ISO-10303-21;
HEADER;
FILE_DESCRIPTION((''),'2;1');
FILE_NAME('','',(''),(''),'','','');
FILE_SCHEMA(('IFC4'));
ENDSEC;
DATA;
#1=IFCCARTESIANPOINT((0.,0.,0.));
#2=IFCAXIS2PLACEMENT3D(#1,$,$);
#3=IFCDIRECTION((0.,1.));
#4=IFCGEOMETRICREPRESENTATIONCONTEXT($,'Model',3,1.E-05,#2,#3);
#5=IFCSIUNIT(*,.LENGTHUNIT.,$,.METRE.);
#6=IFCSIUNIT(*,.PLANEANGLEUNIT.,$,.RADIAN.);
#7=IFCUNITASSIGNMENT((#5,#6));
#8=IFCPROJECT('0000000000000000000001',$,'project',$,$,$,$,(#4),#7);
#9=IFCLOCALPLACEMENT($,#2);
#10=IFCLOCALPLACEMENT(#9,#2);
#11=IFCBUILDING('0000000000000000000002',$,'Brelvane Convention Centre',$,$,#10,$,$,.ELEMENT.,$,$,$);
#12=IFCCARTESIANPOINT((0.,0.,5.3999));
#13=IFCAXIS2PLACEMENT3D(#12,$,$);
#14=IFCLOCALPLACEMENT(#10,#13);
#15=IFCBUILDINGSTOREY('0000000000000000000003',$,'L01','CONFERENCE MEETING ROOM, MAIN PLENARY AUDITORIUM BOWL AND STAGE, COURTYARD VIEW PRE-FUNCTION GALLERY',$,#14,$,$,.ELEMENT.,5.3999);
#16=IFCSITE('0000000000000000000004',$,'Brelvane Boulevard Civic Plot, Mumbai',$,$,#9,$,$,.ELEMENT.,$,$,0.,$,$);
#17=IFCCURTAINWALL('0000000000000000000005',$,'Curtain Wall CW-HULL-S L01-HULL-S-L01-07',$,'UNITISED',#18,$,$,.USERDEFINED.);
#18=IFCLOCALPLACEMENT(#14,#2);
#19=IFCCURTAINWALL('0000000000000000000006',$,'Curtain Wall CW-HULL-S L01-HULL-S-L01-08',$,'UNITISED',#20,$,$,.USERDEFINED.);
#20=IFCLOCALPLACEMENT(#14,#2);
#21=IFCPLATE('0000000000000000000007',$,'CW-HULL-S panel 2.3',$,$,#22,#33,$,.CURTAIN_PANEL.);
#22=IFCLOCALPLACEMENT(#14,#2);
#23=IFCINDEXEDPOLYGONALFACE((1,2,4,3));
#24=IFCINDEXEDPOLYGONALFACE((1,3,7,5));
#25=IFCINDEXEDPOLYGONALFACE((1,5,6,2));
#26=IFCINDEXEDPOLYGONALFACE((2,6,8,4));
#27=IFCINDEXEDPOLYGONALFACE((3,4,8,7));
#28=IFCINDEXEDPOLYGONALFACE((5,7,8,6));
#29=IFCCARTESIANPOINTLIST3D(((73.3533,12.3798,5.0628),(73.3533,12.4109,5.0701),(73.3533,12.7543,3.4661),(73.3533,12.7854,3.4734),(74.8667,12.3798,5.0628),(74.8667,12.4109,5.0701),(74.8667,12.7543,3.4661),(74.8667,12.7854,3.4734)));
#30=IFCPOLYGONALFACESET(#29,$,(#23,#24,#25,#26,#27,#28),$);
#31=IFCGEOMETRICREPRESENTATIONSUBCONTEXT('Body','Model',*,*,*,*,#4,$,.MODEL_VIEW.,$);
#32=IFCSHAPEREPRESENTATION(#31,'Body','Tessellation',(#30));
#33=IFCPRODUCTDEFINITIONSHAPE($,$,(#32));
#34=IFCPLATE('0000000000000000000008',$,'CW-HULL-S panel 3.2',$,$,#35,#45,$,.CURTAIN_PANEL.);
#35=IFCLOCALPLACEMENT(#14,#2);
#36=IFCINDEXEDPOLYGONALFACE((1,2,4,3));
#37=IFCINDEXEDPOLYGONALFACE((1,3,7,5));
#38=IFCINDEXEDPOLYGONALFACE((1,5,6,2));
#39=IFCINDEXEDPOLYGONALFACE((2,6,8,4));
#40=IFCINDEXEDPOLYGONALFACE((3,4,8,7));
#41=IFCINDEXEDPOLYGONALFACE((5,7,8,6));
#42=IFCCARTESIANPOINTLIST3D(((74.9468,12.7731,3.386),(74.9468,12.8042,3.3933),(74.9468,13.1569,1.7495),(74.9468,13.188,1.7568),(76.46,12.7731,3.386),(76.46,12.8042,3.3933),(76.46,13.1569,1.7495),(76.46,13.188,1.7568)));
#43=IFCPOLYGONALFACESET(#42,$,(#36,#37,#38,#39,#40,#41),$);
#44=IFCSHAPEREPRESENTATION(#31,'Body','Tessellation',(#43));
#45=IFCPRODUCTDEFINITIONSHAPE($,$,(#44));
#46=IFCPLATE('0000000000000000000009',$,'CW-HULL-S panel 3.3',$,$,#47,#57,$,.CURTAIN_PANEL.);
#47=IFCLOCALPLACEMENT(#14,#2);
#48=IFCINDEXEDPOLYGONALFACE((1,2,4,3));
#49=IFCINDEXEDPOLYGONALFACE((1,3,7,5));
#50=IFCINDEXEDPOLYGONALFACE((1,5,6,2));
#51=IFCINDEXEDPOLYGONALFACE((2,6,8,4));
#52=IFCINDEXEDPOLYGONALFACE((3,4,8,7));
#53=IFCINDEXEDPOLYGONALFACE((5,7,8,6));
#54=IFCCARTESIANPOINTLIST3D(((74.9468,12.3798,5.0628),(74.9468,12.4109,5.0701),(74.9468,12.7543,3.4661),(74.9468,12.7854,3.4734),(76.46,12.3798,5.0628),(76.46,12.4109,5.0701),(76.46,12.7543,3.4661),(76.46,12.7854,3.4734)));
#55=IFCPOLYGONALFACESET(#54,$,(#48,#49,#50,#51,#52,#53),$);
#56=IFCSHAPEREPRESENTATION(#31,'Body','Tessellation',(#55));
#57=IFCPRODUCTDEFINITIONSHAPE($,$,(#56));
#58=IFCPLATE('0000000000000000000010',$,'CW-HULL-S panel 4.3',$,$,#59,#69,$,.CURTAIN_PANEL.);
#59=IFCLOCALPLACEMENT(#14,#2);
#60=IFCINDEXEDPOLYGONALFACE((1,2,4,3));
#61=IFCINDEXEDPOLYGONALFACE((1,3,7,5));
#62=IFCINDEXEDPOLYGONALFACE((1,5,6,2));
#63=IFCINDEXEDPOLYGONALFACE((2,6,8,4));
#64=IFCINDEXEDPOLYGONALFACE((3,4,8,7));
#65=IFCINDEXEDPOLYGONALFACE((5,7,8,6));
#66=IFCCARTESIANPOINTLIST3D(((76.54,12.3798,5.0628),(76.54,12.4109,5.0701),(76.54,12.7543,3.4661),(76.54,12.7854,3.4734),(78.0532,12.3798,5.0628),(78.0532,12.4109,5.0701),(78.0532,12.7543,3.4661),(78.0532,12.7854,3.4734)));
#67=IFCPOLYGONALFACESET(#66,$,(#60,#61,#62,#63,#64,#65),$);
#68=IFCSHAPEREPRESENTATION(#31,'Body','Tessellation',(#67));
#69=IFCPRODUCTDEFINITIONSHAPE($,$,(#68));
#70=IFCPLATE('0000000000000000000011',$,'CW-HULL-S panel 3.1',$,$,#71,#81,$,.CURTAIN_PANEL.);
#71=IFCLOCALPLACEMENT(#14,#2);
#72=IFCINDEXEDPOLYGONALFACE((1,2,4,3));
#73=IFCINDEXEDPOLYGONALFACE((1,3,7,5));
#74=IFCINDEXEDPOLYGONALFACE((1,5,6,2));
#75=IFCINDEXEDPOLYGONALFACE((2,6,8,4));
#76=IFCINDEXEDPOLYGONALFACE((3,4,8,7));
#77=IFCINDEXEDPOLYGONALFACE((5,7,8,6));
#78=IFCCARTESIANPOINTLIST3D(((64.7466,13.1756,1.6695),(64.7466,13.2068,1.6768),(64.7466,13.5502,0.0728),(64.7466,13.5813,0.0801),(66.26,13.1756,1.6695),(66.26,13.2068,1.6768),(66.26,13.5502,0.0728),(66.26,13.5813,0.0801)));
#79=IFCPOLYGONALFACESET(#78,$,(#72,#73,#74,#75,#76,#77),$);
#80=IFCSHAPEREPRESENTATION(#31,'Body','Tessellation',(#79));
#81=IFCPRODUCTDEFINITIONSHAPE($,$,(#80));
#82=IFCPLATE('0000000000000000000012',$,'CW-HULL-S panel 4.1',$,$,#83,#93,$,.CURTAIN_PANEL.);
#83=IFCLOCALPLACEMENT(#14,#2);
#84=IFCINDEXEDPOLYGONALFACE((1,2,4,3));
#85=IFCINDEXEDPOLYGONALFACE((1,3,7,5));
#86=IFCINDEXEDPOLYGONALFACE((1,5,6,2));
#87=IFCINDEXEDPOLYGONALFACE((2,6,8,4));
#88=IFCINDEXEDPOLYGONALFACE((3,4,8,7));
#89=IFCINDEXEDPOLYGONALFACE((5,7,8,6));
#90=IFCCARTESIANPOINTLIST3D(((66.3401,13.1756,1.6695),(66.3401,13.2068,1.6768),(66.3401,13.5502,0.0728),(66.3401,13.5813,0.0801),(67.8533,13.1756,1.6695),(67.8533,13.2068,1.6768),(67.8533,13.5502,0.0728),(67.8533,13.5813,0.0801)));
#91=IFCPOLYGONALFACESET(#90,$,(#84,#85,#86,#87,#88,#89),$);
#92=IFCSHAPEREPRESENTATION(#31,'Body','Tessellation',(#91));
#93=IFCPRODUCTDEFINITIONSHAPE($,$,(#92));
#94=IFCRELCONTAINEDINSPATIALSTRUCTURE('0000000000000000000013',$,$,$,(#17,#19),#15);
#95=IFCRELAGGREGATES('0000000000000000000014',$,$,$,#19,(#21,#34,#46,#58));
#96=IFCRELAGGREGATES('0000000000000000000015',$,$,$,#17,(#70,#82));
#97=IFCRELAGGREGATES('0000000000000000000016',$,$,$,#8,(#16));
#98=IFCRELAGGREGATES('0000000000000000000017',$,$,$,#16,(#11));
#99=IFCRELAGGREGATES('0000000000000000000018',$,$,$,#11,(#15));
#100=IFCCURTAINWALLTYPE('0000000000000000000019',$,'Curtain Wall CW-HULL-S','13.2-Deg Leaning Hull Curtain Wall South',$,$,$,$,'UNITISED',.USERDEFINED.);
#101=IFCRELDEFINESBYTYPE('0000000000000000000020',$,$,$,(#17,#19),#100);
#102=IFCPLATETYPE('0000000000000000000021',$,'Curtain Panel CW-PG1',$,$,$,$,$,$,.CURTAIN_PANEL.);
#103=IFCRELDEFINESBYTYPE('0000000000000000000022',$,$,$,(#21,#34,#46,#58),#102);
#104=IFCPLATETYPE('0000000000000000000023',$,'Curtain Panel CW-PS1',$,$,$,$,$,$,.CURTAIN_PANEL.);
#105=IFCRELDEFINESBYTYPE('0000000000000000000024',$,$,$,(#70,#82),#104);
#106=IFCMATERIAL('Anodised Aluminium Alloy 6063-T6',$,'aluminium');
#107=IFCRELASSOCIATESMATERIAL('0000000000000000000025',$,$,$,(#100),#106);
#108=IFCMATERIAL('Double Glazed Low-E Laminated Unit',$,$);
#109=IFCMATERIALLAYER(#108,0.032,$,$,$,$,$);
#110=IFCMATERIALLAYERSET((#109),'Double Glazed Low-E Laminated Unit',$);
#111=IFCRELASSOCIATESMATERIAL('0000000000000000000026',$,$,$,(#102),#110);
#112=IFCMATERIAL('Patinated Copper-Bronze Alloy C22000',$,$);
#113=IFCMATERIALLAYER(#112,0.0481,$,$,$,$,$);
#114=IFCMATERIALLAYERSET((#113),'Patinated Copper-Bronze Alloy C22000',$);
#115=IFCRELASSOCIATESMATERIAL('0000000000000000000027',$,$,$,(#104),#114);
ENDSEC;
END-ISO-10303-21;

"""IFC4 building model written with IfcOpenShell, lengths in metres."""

from ifc_helpers import new_model, si_unit, direction, frame, origin, place, context, subcontext, project, spatial, polyline, outline, extrude, material, layer, layer_set, type_object, element, aggregate, save


model = new_model("IFC4")

# Units and contexts
model_context = context("Model", 3, precision=1e-05, world=origin(), true_north=direction((0.0, 1.0)))
body_context = subcontext(model_context, "Body", "Model", "MODEL_VIEW")
ifc_project = project(units=[si_unit("LENGTHUNIT", "METRE"), si_unit("PLANEANGLEUNIT", "RADIAN")], contexts=[model_context])

# Site, building, storey
site_placement = place(None, origin())
site = spatial("IfcSite", under=ifc_project, at=site_placement, Name="Brelvane Boulevard Civic Plot, Mumbai", CompositionType="ELEMENT", RefElevation=0.0)
building_placement = place(site_placement, origin())
building = spatial("IfcBuilding", under=site, at=building_placement, Name="Brelvane Convention Centre", CompositionType="ELEMENT")
storey_placement = place(building_placement, frame((0.0, 0.0, 5.3999)))
storey = spatial("IfcBuildingStorey", under=building, at=storey_placement, Name="L01", Description="CONFERENCE MEETING ROOM, MAIN PLENARY AUDITORIUM BOWL AND STAGE, COURTYARD VIEW PRE-FUNCTION GALLERY", CompositionType="ELEMENT", Elevation=5.3999)

# Curtain walls
ifc_material_1 = material(Name="Anodised Aluminium Alloy 6063-T6", Category="aluminium")
curtain_wall_type = type_object("IfcCurtainWallType", Name="Curtain Wall CW-HULL-S", Description="13.2-Deg Leaning Hull Curtain Wall South", ElementType="UNITISED", PredefinedType="USERDEFINED", material=ifc_material_1)
curtain_wall_1_placement = place(storey_placement, origin())
curtain_wall_1 = element("IfcCurtainWall", 1, at=curtain_wall_1_placement, inside=storey, type_object=curtain_wall_type, Name="Curtain Wall CW-HULL-S L01-HULL-S-L01-07", ObjectType="UNITISED", PredefinedType="USERDEFINED")
curtain_wall_2_placement = place(storey_placement, origin())
curtain_wall_2 = element("IfcCurtainWall", 2, at=curtain_wall_2_placement, inside=storey, type_object=curtain_wall_type, Name="Curtain Wall CW-HULL-S L01-HULL-S-L01-08", ObjectType="UNITISED", PredefinedType="USERDEFINED")

# Plates
ifc_material_2 = material(Name="Double Glazed Low-E Laminated Unit")
ifc_layer_1 = layer(ifc_material_2, 0.032)
ifc_layer_set_1 = layer_set([ifc_layer_1], Name="Double Glazed Low-E Laminated Unit")
plate_type_1 = type_object("IfcPlateType", Name="Curtain Panel CW-PG1", PredefinedType="CURTAIN_PANEL", material=ifc_layer_set_1)
plate_1_placement = place(storey_placement, frame((73.3533, 12.7854, 3.4734), z_axis=(0.0, 0.973577, 0.228359), x_axis=(1.0, 0.0, 0.0)))
plate_1 = element("IfcPlate", 3, at=plate_1_placement, type_object=plate_type_1, Name="CW-HULL-S panel 2.3", PredefinedType="CURTAIN_PANEL", context=body_context, shape_type="SweptSolid", body=[
    extrude(outline(polyline([(0.0, 0.0), (1.5134, 0.0), (1.5134, -1.64), (0.0, -1.64), (0.0, 0.0)])), origin(), (0.0, 0.0, -1.0), 0.032),
])
plate_2_placement = place(storey_placement, frame((74.9468, 13.188, 1.7568), z_axis=(0.0, 0.973585, 0.228327), x_axis=(1.0, 0.0, 0.0)))
plate_2 = element("IfcPlate", 4, at=plate_2_placement, type_object=plate_type_1, Name="CW-HULL-S panel 3.2", PredefinedType="CURTAIN_PANEL", context=body_context, shape_type="SweptSolid", body=[
    extrude(outline(polyline([(0.0, 0.0), (1.5132, 0.0), (1.5132, -1.6809), (0.0, -1.6809), (0.0, 0.0)])), origin(), (0.0, 0.0, -1.0), 0.032),
])
plate_3_placement = place(storey_placement, frame((74.9468, 12.7854, 3.4734), z_axis=(0.0, 0.973577, 0.228359), x_axis=(1.0, 0.0, 0.0)))
plate_3 = element("IfcPlate", 5, at=plate_3_placement, type_object=plate_type_1, Name="CW-HULL-S panel 3.3", PredefinedType="CURTAIN_PANEL", context=body_context, shape_type="SweptSolid", body=[
    extrude(outline(polyline([(0.0, 0.0), (1.5132, 0.0), (1.5132, -1.64), (0.0, -1.64), (0.0, 0.0)])), origin(), (0.0, 0.0, -1.0), 0.032),
])
plate_4_placement = place(storey_placement, frame((76.54, 12.7854, 3.4734), z_axis=(0.0, 0.973577, 0.228359), x_axis=(1.0, 0.0, 0.0)))
plate_4 = element("IfcPlate", 6, at=plate_4_placement, type_object=plate_type_1, Name="CW-HULL-S panel 4.3", PredefinedType="CURTAIN_PANEL", context=body_context, shape_type="SweptSolid", body=[
    extrude(outline(polyline([(0.0, 0.0), (1.5132, 0.0), (1.5132, -1.64), (0.0, -1.64), (0.0, 0.0)])), origin(), (0.0, 0.0, -1.0), 0.032),
])
aggregate(curtain_wall_2, [plate_1, plate_2, plate_3, plate_4])
ifc_material_3 = material(Name="Patinated Copper-Bronze Alloy C22000")
ifc_layer_2 = layer(ifc_material_3, 0.0481)
ifc_layer_set_2 = layer_set([ifc_layer_2], Name="Patinated Copper-Bronze Alloy C22000")
plate_type_2 = type_object("IfcPlateType", Name="Curtain Panel CW-PS1", PredefinedType="CURTAIN_PANEL", material=ifc_layer_set_2)
plate_5_placement = place(storey_placement, frame((64.7466, 13.5813, 0.0801), z_axis=(0.0, 0.973577, 0.228359), x_axis=(1.0, 0.0, 0.0)))
plate_5 = element("IfcPlate", 7, at=plate_5_placement, type_object=plate_type_2, Name="CW-HULL-S panel 3.1", PredefinedType="CURTAIN_PANEL", context=body_context, shape_type="SweptSolid", body=[
    extrude(outline(polyline([(0.0, 0.0), (1.5134, 0.0), (1.5134, -1.64), (0.0, -1.64), (0.0, 0.0)])), origin(), (0.0, 0.0, -1.0), 0.032),
])
plate_6_placement = place(storey_placement, frame((66.3401, 13.5813, 0.0801), z_axis=(0.0, 0.973577, 0.228359), x_axis=(1.0, 0.0, 0.0)))
plate_6 = element("IfcPlate", 8, at=plate_6_placement, type_object=plate_type_2, Name="CW-HULL-S panel 4.1", PredefinedType="CURTAIN_PANEL", context=body_context, shape_type="SweptSolid", body=[
    extrude(outline(polyline([(0.0, 0.0), (1.5132, 0.0), (1.5132, -1.64), (0.0, -1.64), (0.0, 0.0)])), origin(), (0.0, 0.0, -1.0), 0.032),
])
aggregate(curtain_wall_1, [plate_5, plate_6])

save(model, "model.ifc")
